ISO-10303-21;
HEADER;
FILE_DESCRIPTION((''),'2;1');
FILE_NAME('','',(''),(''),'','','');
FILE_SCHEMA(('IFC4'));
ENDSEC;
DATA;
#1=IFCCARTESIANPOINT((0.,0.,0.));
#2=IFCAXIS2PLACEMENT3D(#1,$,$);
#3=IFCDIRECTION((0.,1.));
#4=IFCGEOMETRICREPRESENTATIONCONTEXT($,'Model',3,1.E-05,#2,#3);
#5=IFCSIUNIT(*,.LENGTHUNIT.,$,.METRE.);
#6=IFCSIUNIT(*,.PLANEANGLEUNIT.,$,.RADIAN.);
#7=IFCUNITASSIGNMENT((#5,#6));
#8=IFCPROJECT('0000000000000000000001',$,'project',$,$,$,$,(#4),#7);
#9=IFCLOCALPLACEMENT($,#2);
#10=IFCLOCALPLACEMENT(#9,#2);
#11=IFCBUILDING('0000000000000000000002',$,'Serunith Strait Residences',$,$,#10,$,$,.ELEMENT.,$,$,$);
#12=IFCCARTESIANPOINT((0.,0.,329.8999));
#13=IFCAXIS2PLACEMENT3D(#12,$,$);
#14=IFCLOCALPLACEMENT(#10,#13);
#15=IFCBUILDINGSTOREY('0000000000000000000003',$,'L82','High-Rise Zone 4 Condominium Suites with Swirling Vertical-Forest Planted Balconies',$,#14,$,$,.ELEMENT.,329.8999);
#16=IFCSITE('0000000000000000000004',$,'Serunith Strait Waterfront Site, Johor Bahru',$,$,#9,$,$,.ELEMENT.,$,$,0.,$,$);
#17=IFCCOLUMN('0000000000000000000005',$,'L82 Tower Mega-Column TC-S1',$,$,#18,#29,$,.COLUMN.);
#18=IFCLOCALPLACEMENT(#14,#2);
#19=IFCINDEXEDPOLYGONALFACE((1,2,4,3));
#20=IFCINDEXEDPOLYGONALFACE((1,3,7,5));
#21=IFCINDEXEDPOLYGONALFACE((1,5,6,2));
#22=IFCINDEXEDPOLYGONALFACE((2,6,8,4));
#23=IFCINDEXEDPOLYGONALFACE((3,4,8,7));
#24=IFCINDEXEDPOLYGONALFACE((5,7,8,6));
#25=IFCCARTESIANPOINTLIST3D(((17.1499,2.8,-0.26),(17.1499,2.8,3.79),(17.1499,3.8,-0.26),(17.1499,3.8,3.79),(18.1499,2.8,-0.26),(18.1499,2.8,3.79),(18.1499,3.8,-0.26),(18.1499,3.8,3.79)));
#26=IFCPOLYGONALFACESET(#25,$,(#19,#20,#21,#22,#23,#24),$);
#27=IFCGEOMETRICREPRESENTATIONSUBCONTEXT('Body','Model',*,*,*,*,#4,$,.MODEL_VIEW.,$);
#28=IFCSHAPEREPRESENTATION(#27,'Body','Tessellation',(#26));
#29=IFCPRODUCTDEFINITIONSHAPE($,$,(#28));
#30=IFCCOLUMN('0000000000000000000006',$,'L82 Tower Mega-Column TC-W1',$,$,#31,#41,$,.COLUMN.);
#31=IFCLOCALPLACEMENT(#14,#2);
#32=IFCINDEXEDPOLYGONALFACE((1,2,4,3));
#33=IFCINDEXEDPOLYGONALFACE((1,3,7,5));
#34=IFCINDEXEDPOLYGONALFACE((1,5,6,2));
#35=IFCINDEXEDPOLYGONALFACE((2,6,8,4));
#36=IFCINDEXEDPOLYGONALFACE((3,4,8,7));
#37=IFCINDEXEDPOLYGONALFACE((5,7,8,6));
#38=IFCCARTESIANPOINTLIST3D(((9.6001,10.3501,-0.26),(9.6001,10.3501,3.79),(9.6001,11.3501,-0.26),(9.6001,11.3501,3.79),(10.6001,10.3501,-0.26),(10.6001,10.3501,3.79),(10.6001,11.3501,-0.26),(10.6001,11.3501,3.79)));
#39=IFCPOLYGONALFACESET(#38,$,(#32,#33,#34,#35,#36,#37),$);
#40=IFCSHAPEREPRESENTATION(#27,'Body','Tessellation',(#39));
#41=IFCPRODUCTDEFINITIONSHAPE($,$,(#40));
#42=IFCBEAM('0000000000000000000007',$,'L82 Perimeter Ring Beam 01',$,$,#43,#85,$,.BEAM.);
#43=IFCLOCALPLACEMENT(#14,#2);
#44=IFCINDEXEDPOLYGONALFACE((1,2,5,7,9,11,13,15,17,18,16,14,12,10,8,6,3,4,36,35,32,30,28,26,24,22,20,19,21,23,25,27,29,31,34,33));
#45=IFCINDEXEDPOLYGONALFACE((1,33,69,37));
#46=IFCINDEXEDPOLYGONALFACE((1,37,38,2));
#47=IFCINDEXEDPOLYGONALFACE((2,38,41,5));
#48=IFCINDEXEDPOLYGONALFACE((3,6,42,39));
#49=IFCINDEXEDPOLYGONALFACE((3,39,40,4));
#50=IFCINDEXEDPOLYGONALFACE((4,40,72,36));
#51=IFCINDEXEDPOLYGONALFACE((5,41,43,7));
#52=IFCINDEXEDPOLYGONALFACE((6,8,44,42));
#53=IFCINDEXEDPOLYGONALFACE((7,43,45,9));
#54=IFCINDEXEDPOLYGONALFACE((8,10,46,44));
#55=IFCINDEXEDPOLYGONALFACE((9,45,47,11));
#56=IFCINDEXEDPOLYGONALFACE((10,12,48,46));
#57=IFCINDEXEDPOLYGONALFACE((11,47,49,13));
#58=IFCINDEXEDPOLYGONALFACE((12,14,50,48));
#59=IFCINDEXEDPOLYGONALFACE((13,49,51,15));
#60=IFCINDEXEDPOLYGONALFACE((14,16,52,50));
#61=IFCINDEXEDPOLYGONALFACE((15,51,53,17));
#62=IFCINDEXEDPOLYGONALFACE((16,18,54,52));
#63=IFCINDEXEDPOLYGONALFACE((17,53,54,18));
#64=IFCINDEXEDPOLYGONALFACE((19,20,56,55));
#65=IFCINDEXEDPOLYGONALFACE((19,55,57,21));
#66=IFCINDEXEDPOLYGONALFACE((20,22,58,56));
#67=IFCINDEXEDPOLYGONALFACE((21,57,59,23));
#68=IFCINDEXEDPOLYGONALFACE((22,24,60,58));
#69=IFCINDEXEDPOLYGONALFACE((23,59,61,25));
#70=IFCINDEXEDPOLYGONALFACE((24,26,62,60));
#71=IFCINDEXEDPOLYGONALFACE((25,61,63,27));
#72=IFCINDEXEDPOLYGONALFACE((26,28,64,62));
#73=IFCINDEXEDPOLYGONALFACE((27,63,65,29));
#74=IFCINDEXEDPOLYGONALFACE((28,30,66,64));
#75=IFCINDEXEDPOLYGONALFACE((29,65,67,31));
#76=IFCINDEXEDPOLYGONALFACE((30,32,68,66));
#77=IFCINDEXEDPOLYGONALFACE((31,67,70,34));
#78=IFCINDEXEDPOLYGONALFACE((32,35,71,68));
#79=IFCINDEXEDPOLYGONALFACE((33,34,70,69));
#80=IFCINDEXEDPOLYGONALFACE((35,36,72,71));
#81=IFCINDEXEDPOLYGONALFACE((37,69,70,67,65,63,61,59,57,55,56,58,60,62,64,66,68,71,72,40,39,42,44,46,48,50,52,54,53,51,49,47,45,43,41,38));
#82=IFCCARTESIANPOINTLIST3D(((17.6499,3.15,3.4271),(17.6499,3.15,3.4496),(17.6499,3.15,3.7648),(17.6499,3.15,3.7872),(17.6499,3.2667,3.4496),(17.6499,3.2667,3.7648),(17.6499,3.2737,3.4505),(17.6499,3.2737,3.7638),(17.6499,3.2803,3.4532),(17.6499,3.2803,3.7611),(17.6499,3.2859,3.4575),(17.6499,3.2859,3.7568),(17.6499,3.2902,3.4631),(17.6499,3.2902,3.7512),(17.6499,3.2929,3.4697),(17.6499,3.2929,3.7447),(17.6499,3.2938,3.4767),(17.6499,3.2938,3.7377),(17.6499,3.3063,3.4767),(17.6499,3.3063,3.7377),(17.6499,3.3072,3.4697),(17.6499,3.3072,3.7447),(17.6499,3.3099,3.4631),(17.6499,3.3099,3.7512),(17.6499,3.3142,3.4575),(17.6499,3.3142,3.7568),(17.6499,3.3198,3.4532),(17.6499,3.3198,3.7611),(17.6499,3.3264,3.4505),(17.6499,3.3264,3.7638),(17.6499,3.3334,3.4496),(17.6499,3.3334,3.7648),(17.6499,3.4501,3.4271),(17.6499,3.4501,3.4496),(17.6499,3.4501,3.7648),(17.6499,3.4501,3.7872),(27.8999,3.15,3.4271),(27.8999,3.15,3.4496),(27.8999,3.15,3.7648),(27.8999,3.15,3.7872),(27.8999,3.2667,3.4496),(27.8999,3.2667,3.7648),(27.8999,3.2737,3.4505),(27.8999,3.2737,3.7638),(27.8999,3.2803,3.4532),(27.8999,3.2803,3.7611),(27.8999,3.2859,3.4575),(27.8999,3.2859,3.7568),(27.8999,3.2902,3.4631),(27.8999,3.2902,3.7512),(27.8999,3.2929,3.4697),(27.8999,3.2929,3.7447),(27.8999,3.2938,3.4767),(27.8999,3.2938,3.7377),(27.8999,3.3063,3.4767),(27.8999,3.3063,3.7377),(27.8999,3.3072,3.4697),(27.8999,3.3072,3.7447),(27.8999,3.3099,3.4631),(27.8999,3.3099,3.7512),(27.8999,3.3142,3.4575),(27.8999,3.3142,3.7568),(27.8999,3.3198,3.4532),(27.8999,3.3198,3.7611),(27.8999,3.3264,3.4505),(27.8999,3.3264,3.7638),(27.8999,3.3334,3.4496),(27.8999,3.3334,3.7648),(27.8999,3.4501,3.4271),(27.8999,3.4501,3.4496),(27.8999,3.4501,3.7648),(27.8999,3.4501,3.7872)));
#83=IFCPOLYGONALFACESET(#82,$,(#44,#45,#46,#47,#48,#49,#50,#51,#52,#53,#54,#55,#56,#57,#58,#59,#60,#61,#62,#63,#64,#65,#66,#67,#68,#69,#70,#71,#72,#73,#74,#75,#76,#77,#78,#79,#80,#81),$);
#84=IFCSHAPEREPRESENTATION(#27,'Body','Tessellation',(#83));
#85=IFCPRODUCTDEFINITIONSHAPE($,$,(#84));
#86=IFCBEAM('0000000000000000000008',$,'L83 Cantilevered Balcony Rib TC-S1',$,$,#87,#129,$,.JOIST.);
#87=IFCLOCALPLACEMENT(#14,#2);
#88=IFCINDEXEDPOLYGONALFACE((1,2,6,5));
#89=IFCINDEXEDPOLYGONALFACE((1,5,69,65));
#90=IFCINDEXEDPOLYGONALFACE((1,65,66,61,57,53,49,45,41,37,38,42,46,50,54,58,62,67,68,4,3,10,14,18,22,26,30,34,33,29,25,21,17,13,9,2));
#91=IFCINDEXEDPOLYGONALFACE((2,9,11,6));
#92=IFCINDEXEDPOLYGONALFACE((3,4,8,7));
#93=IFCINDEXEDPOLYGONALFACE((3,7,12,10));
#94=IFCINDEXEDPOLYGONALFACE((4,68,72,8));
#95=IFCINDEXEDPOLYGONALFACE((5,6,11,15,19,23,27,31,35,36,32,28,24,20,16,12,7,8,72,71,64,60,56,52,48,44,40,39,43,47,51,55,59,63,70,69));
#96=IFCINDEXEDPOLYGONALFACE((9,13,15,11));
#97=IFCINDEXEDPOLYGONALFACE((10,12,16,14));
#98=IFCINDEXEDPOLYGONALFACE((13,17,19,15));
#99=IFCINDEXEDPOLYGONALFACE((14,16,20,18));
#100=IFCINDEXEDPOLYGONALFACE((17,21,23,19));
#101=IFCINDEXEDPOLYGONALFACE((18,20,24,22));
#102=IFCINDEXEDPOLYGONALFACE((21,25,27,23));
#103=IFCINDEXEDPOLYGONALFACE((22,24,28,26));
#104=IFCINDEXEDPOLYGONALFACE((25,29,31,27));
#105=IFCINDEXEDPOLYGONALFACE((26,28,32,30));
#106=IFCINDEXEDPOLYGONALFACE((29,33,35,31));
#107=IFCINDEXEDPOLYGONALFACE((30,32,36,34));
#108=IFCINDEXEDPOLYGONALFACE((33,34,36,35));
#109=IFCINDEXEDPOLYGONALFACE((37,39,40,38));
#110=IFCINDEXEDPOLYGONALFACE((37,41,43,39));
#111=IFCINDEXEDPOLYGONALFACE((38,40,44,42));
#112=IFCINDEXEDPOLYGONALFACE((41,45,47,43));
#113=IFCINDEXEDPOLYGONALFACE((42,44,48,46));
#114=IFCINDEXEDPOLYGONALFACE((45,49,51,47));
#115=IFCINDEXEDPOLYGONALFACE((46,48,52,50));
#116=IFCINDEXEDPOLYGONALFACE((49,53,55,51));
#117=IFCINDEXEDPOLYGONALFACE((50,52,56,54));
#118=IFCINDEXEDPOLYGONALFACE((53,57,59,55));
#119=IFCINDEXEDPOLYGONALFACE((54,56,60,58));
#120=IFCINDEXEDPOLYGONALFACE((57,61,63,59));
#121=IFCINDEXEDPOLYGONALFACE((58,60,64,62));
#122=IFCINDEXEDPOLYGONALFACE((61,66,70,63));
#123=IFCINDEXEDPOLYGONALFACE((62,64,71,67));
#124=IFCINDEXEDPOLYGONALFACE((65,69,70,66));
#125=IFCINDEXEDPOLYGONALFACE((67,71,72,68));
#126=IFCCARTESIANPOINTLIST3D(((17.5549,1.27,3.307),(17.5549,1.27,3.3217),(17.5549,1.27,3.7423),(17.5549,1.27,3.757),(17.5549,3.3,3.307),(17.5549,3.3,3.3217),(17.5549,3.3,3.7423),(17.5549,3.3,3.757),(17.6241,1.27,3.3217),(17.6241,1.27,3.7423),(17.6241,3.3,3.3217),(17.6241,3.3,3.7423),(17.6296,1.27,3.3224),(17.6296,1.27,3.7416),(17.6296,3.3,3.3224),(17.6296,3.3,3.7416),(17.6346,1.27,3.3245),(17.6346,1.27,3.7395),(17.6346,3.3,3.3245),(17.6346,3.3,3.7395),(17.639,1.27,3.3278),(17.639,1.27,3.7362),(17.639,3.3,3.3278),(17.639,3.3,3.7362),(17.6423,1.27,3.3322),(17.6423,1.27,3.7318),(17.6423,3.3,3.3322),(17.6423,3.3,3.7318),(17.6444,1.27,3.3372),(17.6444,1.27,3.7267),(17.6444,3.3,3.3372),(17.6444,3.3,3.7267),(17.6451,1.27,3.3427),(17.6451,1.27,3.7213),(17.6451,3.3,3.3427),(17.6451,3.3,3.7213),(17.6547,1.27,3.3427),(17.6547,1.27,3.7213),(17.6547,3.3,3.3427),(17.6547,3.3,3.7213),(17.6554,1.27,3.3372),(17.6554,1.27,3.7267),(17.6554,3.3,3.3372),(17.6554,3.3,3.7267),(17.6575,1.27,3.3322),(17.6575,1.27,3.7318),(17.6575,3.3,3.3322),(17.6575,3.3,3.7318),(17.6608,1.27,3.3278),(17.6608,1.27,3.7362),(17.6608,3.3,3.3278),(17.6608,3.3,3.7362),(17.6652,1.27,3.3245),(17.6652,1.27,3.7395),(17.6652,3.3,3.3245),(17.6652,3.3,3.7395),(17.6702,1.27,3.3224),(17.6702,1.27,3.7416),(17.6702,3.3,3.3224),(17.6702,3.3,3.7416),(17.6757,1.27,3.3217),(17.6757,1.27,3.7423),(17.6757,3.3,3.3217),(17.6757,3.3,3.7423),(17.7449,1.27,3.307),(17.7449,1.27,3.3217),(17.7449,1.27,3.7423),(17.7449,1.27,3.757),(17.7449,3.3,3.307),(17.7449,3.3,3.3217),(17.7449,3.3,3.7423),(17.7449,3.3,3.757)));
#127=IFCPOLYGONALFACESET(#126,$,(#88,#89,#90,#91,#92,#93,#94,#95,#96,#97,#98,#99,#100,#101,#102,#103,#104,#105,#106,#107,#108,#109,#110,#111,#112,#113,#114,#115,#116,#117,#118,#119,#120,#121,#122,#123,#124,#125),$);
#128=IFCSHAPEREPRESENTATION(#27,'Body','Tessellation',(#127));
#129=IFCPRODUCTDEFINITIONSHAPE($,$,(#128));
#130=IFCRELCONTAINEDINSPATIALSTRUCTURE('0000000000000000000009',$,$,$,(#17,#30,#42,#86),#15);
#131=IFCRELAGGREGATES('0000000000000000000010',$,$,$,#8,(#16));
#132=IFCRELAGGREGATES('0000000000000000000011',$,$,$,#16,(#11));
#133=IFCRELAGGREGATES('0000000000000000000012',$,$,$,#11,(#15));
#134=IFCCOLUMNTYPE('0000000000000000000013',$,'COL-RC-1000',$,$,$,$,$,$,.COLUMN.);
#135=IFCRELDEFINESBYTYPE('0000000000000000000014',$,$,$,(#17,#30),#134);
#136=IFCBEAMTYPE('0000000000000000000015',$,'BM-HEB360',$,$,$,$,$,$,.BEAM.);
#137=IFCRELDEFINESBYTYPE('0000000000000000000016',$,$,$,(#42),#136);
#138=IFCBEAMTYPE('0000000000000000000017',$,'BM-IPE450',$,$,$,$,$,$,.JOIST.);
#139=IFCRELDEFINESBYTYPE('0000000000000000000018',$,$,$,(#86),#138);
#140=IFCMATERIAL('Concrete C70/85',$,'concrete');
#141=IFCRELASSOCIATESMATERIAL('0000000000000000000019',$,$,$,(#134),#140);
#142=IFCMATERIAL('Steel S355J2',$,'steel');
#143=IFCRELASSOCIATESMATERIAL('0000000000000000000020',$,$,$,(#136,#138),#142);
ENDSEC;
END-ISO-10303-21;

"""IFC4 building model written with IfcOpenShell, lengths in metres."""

from ifc_helpers import new_model, si_unit, direction, frame, origin, origin_2d, place, context, subcontext, project, spatial, rectangle, i_section, extrude, source, transform, mapped, material, material_profile, profile_set, type_object, element, save


model = new_model("IFC4")

# Units and contexts
model_context = context("Model", 3, precision=1e-05, world=origin(), true_north=direction((0.0, 1.0)))
body_context = subcontext(model_context, "Body", "Model", "MODEL_VIEW")
ifc_project = project(units=[si_unit("LENGTHUNIT", "METRE"), si_unit("PLANEANGLEUNIT", "RADIAN")], contexts=[model_context])

# Site, building, storey
site_placement = place(None, origin())
site = spatial("IfcSite", under=ifc_project, at=site_placement, Name="Serunith Strait Waterfront Site, Johor Bahru", CompositionType="ELEMENT", RefElevation=0.0)
building_placement = place(site_placement, origin())
building = spatial("IfcBuilding", under=site, at=building_placement, Name="Serunith Strait Residences", CompositionType="ELEMENT")
storey_placement = place(building_placement, frame((0.0, 0.0, 329.8999)))
storey = spatial("IfcBuildingStorey", under=building, at=storey_placement, Name="L82", Description="High-Rise Zone 4 Condominium Suites with Swirling Vertical-Forest Planted Balconies", CompositionType="ELEMENT", Elevation=329.8999)

# Columns
ifc_material_1 = material(Name="Concrete C70/85", Category="concrete")
ifc_material_profile_1 = material_profile(ifc_material_1, rectangle(XDim=1.0, YDim=1.0, at=origin_2d()), Name="RC 1000x1000")
ifc_profile_set_1 = profile_set([ifc_material_profile_1], Name="Concrete C70/85")
column_type = type_object("IfcColumnType", Name="COL-RC-1000", PredefinedType="COLUMN", material=ifc_profile_set_1)
shared_shape_1 = source(origin(), body_context, "Body", "SweptSolid", [
    extrude(rectangle(XDim=1.0, YDim=1.0, at=origin_2d()), origin(), (0.0, 0.0, 1.0), 4.05),
])
for number, where, z_axis, x_axis, name in (
    (1, (17.6499, 3.3, -0.26), (0.0, 0.0, 1.0), (1.0, 0.0, 0.0), "L82 Tower Mega-Column TC-S1"),
    (2, (10.1001, 10.8501, -0.26), (0.0, 0.0, 1.0), (1.0, 0.0, 0.0), "L82 Tower Mega-Column TC-W1"),
):
    element("IfcColumn", number, at=place(storey_placement, frame(where, z_axis=z_axis, x_axis=x_axis)), inside=storey, type_object=column_type, Name=name, PredefinedType="COLUMN", context=body_context, shape_type="MappedRepresentation", body=[
        mapped(shared_shape_1, transform((0.0, 0.0, 0.0), scale=1.0)),
    ])

# Beams
ifc_material_2 = material(Name="Steel S355J2", Category="steel")
ifc_material_profile_2 = material_profile(ifc_material_2, i_section(OverallWidth=0.3, OverallDepth=0.3601, WebThickness=0.0125, FlangeThickness=0.0225, FilletRadius=0.0271, at=origin_2d()), Name="HEB 360")
ifc_profile_set_2 = profile_set([ifc_material_profile_2], Name="Steel S355J2")
beam_type_1 = type_object("IfcBeamType", Name="BM-HEB360", PredefinedType="BEAM", material=ifc_profile_set_2)
shared_shape_2 = source(origin(), body_context, "Body", "SweptSolid", [
    extrude(i_section(OverallWidth=0.3, OverallDepth=0.3601, WebThickness=0.0125, FlangeThickness=0.0225, FilletRadius=0.0271, at=origin_2d()), origin(), (0.0, 0.0, 1.0), 10.25),
])
beam_1_placement = place(storey_placement, frame((17.6499, 3.3, 3.6072), z_axis=(1.0, 0.0, 0.0), x_axis=(0.0, 1.0, 0.0)))
element("IfcBeam", 3, at=beam_1_placement, inside=storey, type_object=beam_type_1, Name="L82 Perimeter Ring Beam 01", PredefinedType="BEAM", context=body_context, shape_type="MappedRepresentation", body=[
    mapped(shared_shape_2, transform((0.0, 0.0, 0.0), scale=1.0)),
])
ifc_material_profile_3 = material_profile(ifc_material_2, i_section(OverallWidth=0.1899, OverallDepth=0.45, WebThickness=0.0095, FlangeThickness=0.0146, FilletRadius=0.021, at=origin_2d()), Name="IPE 450")
ifc_profile_set_3 = profile_set([ifc_material_profile_3], Name="Steel S355J2")
beam_type_2 = type_object("IfcBeamType", Name="BM-IPE450", PredefinedType="JOIST", material=ifc_profile_set_3)
shared_shape_3 = source(origin(), body_context, "Body", "SweptSolid", [
    extrude(i_section(OverallWidth=0.1899, OverallDepth=0.45, WebThickness=0.0095, FlangeThickness=0.0146, FilletRadius=0.021, at=origin_2d()), origin(), (0.0, 0.0, 1.0), 2.03),
])
beam_2_placement = place(storey_placement, frame((17.6499, 3.3, 3.532), z_axis=(0.0, -1.0, 0.0), x_axis=(1.0, 0.0, 0.0)))
element("IfcBeam", 4, at=beam_2_placement, inside=storey, type_object=beam_type_2, Name="L83 Cantilevered Balcony Rib TC-S1", PredefinedType="JOIST", context=body_context, shape_type="MappedRepresentation", body=[
    mapped(shared_shape_3, transform((0.0, 0.0, 0.0), scale=1.0)),
])

save(model, "model.ifc")
